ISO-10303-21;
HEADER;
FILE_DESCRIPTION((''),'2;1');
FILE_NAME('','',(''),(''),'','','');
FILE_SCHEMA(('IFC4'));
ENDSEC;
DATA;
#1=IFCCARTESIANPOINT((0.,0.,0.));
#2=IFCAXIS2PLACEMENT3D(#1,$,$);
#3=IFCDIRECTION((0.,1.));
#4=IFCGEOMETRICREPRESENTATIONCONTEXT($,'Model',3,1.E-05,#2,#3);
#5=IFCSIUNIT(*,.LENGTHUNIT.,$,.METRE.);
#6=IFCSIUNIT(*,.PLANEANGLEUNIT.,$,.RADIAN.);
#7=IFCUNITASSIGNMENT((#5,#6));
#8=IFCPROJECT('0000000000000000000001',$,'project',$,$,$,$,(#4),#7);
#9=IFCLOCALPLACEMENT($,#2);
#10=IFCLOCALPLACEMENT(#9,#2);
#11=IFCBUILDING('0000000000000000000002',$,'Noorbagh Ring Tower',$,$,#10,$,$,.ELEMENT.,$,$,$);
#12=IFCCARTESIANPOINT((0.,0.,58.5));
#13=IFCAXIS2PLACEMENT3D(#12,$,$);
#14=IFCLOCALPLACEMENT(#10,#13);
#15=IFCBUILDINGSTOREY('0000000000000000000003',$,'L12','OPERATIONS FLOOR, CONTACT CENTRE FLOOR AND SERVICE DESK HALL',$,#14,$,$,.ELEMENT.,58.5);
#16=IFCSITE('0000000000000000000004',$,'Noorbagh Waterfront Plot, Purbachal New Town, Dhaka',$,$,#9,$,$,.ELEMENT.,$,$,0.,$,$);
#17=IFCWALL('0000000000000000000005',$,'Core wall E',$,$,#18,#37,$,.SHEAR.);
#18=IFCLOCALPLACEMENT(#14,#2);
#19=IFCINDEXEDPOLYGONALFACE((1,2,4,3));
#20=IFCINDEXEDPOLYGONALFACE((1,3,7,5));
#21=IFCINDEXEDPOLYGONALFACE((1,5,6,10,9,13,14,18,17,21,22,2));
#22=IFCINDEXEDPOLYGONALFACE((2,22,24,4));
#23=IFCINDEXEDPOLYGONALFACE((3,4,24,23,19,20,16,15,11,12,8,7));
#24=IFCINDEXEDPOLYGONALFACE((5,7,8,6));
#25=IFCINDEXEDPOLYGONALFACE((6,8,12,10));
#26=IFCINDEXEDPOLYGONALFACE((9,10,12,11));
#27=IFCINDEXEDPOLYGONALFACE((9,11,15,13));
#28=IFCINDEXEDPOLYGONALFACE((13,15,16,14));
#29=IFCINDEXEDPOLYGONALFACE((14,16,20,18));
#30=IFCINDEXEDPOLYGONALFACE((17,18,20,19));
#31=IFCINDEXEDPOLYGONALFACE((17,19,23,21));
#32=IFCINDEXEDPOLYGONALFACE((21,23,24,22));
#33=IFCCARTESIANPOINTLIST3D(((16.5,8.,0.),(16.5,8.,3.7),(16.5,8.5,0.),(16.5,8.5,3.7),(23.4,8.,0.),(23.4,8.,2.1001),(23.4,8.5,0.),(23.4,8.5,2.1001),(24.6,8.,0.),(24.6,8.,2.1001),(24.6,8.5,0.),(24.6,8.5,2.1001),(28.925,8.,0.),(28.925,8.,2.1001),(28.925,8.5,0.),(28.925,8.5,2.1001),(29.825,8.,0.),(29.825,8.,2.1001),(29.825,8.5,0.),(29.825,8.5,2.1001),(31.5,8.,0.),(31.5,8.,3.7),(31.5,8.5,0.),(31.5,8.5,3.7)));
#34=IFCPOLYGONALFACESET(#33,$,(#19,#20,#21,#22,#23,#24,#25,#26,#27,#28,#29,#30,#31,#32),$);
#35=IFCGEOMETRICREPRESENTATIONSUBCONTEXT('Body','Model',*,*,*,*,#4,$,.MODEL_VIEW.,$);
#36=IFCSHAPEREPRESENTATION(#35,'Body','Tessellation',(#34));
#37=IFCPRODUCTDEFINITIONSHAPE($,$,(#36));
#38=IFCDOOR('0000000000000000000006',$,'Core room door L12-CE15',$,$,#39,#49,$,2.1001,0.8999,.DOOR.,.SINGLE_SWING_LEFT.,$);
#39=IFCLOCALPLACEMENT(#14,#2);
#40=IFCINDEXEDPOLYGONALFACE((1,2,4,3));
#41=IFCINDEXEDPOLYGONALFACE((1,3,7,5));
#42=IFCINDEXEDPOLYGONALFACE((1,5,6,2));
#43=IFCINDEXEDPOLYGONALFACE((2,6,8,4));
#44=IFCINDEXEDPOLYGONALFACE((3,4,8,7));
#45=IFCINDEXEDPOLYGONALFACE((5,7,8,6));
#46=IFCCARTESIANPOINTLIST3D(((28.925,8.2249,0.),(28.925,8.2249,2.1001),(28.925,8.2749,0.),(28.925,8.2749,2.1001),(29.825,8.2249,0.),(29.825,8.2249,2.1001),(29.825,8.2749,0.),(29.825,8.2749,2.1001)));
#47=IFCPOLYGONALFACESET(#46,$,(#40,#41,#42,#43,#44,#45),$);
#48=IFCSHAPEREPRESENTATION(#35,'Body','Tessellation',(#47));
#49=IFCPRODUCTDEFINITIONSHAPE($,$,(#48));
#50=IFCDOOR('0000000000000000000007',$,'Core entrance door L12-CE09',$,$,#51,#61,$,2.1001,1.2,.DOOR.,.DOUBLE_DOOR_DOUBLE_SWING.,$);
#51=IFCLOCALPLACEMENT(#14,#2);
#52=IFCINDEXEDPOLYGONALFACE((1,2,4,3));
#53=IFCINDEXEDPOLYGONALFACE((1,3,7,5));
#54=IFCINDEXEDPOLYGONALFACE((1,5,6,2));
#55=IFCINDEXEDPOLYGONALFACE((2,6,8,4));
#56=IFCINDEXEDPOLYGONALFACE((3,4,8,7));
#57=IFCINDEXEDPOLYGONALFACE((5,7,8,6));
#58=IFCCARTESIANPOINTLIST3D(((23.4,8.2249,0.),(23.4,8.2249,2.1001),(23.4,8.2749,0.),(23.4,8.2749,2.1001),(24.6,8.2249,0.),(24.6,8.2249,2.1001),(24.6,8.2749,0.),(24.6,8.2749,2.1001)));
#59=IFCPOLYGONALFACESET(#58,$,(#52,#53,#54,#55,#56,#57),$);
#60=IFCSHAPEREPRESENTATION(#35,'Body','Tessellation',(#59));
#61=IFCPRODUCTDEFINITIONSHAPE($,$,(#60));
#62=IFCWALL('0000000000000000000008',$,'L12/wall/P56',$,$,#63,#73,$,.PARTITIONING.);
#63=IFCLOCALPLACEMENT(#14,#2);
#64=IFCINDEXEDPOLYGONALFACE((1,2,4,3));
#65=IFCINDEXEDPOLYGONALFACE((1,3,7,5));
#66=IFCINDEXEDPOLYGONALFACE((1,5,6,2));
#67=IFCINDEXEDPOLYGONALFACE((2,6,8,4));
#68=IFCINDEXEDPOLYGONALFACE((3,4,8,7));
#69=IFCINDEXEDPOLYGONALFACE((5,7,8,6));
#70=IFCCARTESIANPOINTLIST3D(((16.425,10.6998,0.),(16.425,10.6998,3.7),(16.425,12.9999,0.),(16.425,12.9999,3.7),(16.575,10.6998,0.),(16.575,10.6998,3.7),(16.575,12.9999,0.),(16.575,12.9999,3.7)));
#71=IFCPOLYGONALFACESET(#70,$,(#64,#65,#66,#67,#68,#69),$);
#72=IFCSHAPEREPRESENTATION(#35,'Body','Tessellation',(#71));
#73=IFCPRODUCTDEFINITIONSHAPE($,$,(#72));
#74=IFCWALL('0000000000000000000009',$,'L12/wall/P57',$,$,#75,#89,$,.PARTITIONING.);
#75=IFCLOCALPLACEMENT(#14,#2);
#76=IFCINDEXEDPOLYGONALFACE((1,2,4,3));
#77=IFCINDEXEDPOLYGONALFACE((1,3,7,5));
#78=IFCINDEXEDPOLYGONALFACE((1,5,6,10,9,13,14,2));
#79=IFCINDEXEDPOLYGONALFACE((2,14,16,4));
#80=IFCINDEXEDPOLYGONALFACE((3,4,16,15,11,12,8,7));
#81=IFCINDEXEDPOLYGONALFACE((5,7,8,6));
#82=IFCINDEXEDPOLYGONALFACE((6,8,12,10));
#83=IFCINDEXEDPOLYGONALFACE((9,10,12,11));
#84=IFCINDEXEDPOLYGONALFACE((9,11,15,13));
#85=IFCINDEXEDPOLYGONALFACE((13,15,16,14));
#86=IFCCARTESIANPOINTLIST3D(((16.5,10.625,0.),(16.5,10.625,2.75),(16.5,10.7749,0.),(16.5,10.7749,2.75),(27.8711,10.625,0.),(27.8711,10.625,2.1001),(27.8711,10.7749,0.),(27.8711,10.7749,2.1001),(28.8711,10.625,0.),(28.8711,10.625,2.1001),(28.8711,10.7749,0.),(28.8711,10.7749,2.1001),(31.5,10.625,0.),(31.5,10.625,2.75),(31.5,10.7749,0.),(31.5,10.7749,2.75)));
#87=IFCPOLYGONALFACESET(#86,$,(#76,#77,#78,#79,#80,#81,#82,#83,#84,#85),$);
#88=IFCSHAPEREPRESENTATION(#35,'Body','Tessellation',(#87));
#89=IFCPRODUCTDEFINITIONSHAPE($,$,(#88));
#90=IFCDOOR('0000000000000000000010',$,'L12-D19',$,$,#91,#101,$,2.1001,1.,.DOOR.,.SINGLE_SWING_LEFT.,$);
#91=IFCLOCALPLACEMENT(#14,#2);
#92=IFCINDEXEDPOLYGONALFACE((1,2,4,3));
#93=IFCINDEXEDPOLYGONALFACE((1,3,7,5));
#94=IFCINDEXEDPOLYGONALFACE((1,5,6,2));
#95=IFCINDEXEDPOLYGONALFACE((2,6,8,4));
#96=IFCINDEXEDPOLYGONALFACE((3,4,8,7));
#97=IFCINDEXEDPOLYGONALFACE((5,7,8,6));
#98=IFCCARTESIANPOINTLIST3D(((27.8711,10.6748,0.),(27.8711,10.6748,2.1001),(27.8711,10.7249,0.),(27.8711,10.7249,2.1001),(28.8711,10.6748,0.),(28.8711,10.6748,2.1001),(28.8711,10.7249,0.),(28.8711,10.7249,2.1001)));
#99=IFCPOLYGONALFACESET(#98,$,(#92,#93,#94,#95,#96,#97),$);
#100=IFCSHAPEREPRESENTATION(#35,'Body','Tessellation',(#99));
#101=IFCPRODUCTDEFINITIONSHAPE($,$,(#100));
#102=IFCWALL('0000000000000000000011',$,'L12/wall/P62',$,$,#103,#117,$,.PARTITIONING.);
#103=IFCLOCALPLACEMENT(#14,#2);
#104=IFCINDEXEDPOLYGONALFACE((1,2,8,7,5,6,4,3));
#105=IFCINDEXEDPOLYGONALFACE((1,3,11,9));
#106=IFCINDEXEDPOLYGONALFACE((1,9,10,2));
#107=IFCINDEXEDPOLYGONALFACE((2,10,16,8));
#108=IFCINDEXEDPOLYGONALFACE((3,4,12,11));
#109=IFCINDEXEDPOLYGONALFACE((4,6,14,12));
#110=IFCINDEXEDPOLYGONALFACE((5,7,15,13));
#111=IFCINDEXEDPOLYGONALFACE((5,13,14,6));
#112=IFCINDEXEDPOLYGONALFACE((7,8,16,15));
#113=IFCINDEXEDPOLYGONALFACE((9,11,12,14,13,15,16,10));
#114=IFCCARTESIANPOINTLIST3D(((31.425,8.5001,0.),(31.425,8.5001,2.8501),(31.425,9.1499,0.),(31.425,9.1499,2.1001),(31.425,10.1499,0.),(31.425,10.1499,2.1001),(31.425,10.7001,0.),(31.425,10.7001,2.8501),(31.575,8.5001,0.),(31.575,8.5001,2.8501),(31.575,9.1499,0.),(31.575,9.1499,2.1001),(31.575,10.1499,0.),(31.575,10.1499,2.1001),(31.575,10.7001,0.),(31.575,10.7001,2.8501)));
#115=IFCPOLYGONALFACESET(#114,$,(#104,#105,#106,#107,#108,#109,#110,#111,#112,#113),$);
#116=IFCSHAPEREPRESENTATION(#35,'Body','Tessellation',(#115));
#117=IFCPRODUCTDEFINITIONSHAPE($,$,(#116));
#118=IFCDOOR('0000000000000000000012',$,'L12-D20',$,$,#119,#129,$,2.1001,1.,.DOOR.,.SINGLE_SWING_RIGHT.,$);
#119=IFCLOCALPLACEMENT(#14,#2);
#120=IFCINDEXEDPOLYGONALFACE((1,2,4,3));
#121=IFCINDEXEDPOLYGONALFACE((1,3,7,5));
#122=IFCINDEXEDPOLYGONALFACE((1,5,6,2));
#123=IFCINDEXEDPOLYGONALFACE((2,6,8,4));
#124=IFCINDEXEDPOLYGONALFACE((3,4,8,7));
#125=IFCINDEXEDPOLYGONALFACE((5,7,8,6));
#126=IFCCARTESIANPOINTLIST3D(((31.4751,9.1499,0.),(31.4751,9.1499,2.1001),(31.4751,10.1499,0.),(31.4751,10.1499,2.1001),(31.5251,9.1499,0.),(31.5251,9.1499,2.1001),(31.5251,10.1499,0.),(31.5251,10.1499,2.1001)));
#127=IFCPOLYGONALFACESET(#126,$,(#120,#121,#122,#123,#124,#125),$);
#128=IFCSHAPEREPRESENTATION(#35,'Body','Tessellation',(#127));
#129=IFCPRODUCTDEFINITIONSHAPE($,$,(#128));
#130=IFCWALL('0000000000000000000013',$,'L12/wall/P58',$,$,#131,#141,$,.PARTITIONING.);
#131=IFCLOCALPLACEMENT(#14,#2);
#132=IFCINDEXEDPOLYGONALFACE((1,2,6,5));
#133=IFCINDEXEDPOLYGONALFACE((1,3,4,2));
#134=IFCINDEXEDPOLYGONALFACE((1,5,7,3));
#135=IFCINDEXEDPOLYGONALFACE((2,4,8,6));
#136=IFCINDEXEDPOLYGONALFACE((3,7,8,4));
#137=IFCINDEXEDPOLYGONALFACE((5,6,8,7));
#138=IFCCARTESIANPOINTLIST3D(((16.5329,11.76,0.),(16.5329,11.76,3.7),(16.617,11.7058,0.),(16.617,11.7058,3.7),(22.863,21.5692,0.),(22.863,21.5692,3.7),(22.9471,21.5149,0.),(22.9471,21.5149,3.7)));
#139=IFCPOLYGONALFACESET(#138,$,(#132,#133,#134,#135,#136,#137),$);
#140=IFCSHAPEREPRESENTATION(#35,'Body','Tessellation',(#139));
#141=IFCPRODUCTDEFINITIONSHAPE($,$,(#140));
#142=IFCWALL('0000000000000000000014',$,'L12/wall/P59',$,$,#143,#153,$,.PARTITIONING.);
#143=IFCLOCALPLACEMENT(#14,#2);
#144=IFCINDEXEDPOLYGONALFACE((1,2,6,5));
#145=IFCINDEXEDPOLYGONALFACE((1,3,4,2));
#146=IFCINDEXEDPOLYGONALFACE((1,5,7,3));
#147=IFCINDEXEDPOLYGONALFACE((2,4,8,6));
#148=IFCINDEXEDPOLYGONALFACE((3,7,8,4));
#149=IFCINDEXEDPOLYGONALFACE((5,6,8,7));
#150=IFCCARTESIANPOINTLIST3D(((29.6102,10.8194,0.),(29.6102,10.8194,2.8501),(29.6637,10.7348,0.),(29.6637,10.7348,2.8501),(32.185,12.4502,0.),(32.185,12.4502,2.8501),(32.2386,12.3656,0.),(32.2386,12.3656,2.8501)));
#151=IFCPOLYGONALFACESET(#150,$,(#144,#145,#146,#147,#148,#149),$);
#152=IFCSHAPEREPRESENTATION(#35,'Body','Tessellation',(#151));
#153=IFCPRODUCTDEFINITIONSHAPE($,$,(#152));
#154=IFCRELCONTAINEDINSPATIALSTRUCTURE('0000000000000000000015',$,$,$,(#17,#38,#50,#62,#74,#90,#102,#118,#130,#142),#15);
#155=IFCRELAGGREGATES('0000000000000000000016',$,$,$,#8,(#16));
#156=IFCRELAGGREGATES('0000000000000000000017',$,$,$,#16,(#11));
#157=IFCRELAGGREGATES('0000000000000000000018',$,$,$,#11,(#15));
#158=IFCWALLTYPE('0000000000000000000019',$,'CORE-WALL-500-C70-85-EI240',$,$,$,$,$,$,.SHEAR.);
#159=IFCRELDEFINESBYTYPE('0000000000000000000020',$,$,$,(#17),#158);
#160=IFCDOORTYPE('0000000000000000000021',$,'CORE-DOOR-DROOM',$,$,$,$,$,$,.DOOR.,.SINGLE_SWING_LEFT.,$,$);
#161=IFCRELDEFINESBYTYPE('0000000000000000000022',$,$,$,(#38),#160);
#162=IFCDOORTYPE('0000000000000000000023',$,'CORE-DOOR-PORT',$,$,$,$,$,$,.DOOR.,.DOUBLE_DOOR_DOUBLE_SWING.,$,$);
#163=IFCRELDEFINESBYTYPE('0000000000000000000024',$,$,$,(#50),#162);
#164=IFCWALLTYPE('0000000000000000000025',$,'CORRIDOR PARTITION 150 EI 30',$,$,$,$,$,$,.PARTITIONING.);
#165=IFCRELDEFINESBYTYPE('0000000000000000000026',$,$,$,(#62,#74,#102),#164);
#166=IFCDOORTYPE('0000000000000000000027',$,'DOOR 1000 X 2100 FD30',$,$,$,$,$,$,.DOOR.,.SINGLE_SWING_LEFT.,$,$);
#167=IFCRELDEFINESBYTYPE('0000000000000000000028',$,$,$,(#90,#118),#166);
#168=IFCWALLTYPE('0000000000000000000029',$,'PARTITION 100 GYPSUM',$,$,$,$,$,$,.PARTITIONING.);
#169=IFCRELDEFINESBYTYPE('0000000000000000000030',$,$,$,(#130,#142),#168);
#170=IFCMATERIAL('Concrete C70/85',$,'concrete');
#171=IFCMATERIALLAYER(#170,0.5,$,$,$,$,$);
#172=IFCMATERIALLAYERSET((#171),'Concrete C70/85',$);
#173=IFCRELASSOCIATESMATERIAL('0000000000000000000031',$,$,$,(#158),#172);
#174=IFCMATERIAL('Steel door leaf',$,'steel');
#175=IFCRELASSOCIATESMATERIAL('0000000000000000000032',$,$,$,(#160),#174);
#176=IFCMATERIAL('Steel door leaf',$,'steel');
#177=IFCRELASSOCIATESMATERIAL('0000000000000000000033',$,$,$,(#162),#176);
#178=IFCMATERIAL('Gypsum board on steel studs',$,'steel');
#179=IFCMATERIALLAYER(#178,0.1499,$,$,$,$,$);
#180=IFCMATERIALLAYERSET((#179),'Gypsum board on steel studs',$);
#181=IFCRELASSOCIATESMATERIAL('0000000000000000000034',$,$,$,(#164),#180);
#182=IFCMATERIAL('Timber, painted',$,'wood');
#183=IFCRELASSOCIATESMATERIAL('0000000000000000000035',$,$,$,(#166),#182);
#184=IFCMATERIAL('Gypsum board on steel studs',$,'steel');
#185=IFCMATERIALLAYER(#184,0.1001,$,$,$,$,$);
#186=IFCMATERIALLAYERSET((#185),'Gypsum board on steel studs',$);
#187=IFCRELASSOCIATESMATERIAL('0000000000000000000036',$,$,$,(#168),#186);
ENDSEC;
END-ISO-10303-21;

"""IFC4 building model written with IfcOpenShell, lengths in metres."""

from ifc_helpers import new_model, si_unit, direction, frame, frame_2d, origin, place, context, subcontext, project, spatial, rectangle, extrude, material, layer, layer_set, type_object, element, fill, save


model = new_model("IFC4")

# Units and contexts
model_context = context("Model", 3, precision=1e-05, world=origin(), true_north=direction((0.0, 1.0)))
body_context = subcontext(model_context, "Body", "Model", "MODEL_VIEW")
ifc_project = project(units=[si_unit("LENGTHUNIT", "METRE"), si_unit("PLANEANGLEUNIT", "RADIAN")], contexts=[model_context])

# Site, building, storey
site_placement = place(None, origin())
site = spatial("IfcSite", under=ifc_project, at=site_placement, Name="Noorbagh Waterfront Plot, Purbachal New Town, Dhaka", CompositionType="ELEMENT", RefElevation=0.0)
building_placement = place(site_placement, origin())
building = spatial("IfcBuilding", under=site, at=building_placement, Name="Noorbagh Ring Tower", CompositionType="ELEMENT")
storey_placement = place(building_placement, frame((0.0, 0.0, 58.5)))
storey = spatial("IfcBuildingStorey", under=building, at=storey_placement, Name="L12", Description="OPERATIONS FLOOR, CONTACT CENTRE FLOOR AND SERVICE DESK HALL", CompositionType="ELEMENT", Elevation=58.5)

# Wall, openings, doors
ifc_material_1 = material(Name="Concrete C70/85", Category="concrete")
ifc_layer_1 = layer(ifc_material_1, 0.5)
ifc_layer_set_1 = layer_set([ifc_layer_1], Name="Concrete C70/85")
wall_type_1 = type_object("IfcWallType", Name="CORE-WALL-500-C70-85-EI240", PredefinedType="SHEAR", material=ifc_layer_set_1)
wall_1_placement = place(storey_placement, frame((16.5, 8.25, 0.0), z_axis=(0.0, 0.0, 1.0), x_axis=(1.0, 0.0, 0.0)))
wall_1 = element("IfcWall", 1, at=wall_1_placement, inside=storey, type_object=wall_type_1, Name="Core wall E", PredefinedType="SHEAR", context=body_context, shape_type="SweptSolid", body=[
    extrude(rectangle(XDim=15.0, YDim=0.5, at=frame_2d((7.5, 0.0))), origin(), (0.0, 0.0, 1.0), 3.7),
])
opening_1_placement = place(wall_1_placement, frame((6.8999, 0.0, 0.0)))
opening_1 = element("IfcOpeningElement", 2, at=opening_1_placement, cuts=wall_1, PredefinedType="OPENING", context=body_context, shape_type="SweptSolid", body=[
    extrude(rectangle(XDim=1.2, YDim=2.1001, at=frame_2d((0.6001, 1.05))), frame((0.0, 0.26, 0.0), z_axis=(0.0, -1.0, 0.0), x_axis=(1.0, 0.0, 0.0)), (0.0, 0.0, 1.0), 0.52),
])
opening_2_placement = place(wall_1_placement, frame((12.425, 0.0, 0.0)))
opening_2 = element("IfcOpeningElement", 3, at=opening_2_placement, cuts=wall_1, PredefinedType="OPENING", context=body_context, shape_type="SweptSolid", body=[
    extrude(rectangle(XDim=0.8999, YDim=2.1001, at=frame_2d((0.45, 1.05))), frame((0.0, 0.26, 0.0), z_axis=(0.0, -1.0, 0.0), x_axis=(1.0, 0.0, 0.0)), (0.0, 0.0, 1.0), 0.52),
])
ifc_material_2 = material(Name="Steel door leaf", Category="steel")
door_type_1 = type_object("IfcDoorType", Name="CORE-DOOR-DROOM", OperationType="SINGLE_SWING_LEFT", PredefinedType="DOOR", material=ifc_material_2)
door_1_placement = place(opening_2_placement, origin())
door_1 = element("IfcDoor", 4, at=door_1_placement, inside=storey, type_object=door_type_1, Name="Core room door L12-CE15", OperationType="SINGLE_SWING_LEFT", OverallHeight=2.1001, OverallWidth=0.8999, PredefinedType="DOOR", context=body_context, shape_type="SweptSolid", body=[
    extrude(rectangle(XDim=0.8999, YDim=2.1001, at=frame_2d((0.45, 1.05))), frame((0.0, 0.0249, 0.0), z_axis=(0.0, -1.0, 0.0), x_axis=(1.0, 0.0, 0.0)), (0.0, 0.0, 1.0), 0.05),
])
fill(opening_2, door_1)
ifc_material_3 = material(Name="Steel door leaf", Category="steel")
door_type_2 = type_object("IfcDoorType", Name="CORE-DOOR-PORT", OperationType="DOUBLE_DOOR_DOUBLE_SWING", PredefinedType="DOOR", material=ifc_material_3)
door_2_placement = place(opening_1_placement, origin())
door_2 = element("IfcDoor", 5, at=door_2_placement, inside=storey, type_object=door_type_2, Name="Core entrance door L12-CE09", OperationType="DOUBLE_DOOR_DOUBLE_SWING", OverallHeight=2.1001, OverallWidth=1.2, PredefinedType="DOOR", context=body_context, shape_type="SweptSolid", body=[
    extrude(rectangle(XDim=1.2, YDim=2.1001, at=frame_2d((0.6001, 1.05))), frame((0.0, 0.0249, 0.0), z_axis=(0.0, -1.0, 0.0), x_axis=(1.0, 0.0, 0.0)), (0.0, 0.0, 1.0), 0.05),
])
fill(opening_1, door_2)

# Wall
ifc_material_4 = material(Name="Gypsum board on steel studs", Category="steel")
ifc_layer_2 = layer(ifc_material_4, 0.1499)
ifc_layer_set_2 = layer_set([ifc_layer_2], Name="Gypsum board on steel studs")
wall_type_2 = type_object("IfcWallType", Name="CORRIDOR PARTITION 150 EI 30", PredefinedType="PARTITIONING", material=ifc_layer_set_2)
wall_2_placement = place(storey_placement, frame((16.5, 10.7, 0.0), z_axis=(0.0, 0.0, 1.0), x_axis=(0.0, 1.0, 0.0)))
element("IfcWall", 6, at=wall_2_placement, inside=storey, type_object=wall_type_2, Name="L12/wall/P56", PredefinedType="PARTITIONING", context=body_context, shape_type="SweptSolid", body=[
    extrude(rectangle(XDim=2.3, YDim=0.1499, at=frame_2d((1.1499, 0.0))), origin(), (0.0, 0.0, 1.0), 3.7),
])

# Walls, openings, doors
wall_3_placement = place(storey_placement, frame((16.5, 10.7, 0.0), z_axis=(0.0, 0.0, 1.0), x_axis=(1.0, 0.0, 0.0)))
wall_3 = element("IfcWall", 7, at=wall_3_placement, inside=storey, type_object=wall_type_2, Name="L12/wall/P57", PredefinedType="PARTITIONING", context=body_context, shape_type="SweptSolid", body=[
    extrude(rectangle(XDim=15.0, YDim=0.1499, at=frame_2d((7.5, 0.0))), origin(), (0.0, 0.0, 1.0), 2.75),
])
opening_3_placement = place(wall_3_placement, frame((11.3711, 0.0, 0.0)))
opening_3 = element("IfcOpeningElement", 8, at=opening_3_placement, cuts=wall_3, PredefinedType="OPENING", context=body_context, shape_type="SweptSolid", body=[
    extrude(rectangle(XDim=1.0, YDim=2.1001, at=frame_2d((0.5, 1.05))), frame((0.0, 0.085, 0.0), z_axis=(0.0, -1.0, 0.0), x_axis=(1.0, 0.0, 0.0)), (0.0, 0.0, 1.0), 0.1699),
])
ifc_material_5 = material(Name="Timber, painted", Category="wood")
door_type_3 = type_object("IfcDoorType", Name="DOOR 1000 X 2100 FD30", OperationType="SINGLE_SWING_LEFT", PredefinedType="DOOR", material=ifc_material_5)
door_3_placement = place(opening_3_placement, origin())
door_3 = element("IfcDoor", 9, at=door_3_placement, inside=storey, type_object=door_type_3, Name="L12-D19", OperationType="SINGLE_SWING_LEFT", OverallHeight=2.1001, OverallWidth=1.0, PredefinedType="DOOR", context=body_context, shape_type="SweptSolid", body=[
    extrude(rectangle(XDim=1.0, YDim=2.1001, at=frame_2d((0.5, 1.05))), frame((0.0, 0.0249, 0.0), z_axis=(0.0, -1.0, 0.0), x_axis=(1.0, 0.0, 0.0)), (0.0, 0.0, 1.0), 0.05),
])
fill(opening_3, door_3)
wall_4_placement = place(storey_placement, frame((31.5, 8.5, 0.0), z_axis=(0.0, 0.0, 1.0), x_axis=(0.0, 1.0, 0.0)))
wall_4 = element("IfcWall", 10, at=wall_4_placement, inside=storey, type_object=wall_type_2, Name="L12/wall/P62", PredefinedType="PARTITIONING", context=body_context, shape_type="SweptSolid", body=[
    extrude(rectangle(XDim=2.2, YDim=0.1499, at=frame_2d((1.1001, 0.0))), origin(), (0.0, 0.0, 1.0), 2.8501),
])
opening_4_placement = place(wall_4_placement, frame((0.6499, 0.0, 0.0)))
opening_4 = element("IfcOpeningElement", 11, at=opening_4_placement, cuts=wall_4, PredefinedType="OPENING", context=body_context, shape_type="SweptSolid", body=[
    extrude(rectangle(XDim=1.0, YDim=2.1001, at=frame_2d((0.5, 1.05))), frame((0.0, 0.085, 0.0), z_axis=(0.0, -1.0, 0.0), x_axis=(1.0, 0.0, 0.0)), (0.0, 0.0, 1.0), 0.1699),
])
door_4_placement = place(opening_4_placement, origin())
door_4 = element("IfcDoor", 12, at=door_4_placement, inside=storey, type_object=door_type_3, Name="L12-D20", OperationType="SINGLE_SWING_RIGHT", OverallHeight=2.1001, OverallWidth=1.0, PredefinedType="DOOR", context=body_context, shape_type="SweptSolid", body=[
    extrude(rectangle(XDim=1.0, YDim=2.1001, at=frame_2d((0.5, 1.05))), frame((0.0, 0.0249, 0.0), z_axis=(0.0, -1.0, 0.0), x_axis=(1.0, 0.0, 0.0)), (0.0, 0.0, 1.0), 0.05),
])
fill(opening_4, door_4)

# Walls
ifc_material_6 = material(Name="Gypsum board on steel studs", Category="steel")
ifc_layer_3 = layer(ifc_material_6, 0.1001)
ifc_layer_set_3 = layer_set([ifc_layer_3], Name="Gypsum board on steel studs")
wall_type_3 = type_object("IfcWallType", Name="PARTITION 100 GYPSUM", PredefinedType="PARTITIONING", material=ifc_layer_set_3)
wall_5_placement = place(storey_placement, frame((16.575, 11.7329, 0.0), z_axis=(0.0, 0.0, 1.0), x_axis=(0.542226, 0.840233, 0.0)))
element("IfcWall", 13, at=wall_5_placement, inside=storey, type_object=wall_type_3, Name="L12/wall/P58", PredefinedType="PARTITIONING", context=body_context, shape_type="SweptSolid", body=[
    extrude(rectangle(XDim=11.6743, YDim=0.1001, at=frame_2d((5.8372, 0.0))), origin(), (0.0, 0.0, 1.0), 3.7),
])
wall_6_placement = place(storey_placement, frame((29.637, 10.7771, 0.0), z_axis=(0.0, 0.0, 1.0), x_axis=(0.844811, 0.535065, 0.0)))
element("IfcWall", 14, at=wall_6_placement, inside=storey, type_object=wall_type_3, Name="L12/wall/P59", PredefinedType="PARTITIONING", context=body_context, shape_type="SweptSolid", body=[
    extrude(rectangle(XDim=3.0479, YDim=0.1001, at=frame_2d((1.5239, 0.0))), origin(), (0.0, 0.0, 1.0), 2.8501),
])

save(model, "model.ifc")
